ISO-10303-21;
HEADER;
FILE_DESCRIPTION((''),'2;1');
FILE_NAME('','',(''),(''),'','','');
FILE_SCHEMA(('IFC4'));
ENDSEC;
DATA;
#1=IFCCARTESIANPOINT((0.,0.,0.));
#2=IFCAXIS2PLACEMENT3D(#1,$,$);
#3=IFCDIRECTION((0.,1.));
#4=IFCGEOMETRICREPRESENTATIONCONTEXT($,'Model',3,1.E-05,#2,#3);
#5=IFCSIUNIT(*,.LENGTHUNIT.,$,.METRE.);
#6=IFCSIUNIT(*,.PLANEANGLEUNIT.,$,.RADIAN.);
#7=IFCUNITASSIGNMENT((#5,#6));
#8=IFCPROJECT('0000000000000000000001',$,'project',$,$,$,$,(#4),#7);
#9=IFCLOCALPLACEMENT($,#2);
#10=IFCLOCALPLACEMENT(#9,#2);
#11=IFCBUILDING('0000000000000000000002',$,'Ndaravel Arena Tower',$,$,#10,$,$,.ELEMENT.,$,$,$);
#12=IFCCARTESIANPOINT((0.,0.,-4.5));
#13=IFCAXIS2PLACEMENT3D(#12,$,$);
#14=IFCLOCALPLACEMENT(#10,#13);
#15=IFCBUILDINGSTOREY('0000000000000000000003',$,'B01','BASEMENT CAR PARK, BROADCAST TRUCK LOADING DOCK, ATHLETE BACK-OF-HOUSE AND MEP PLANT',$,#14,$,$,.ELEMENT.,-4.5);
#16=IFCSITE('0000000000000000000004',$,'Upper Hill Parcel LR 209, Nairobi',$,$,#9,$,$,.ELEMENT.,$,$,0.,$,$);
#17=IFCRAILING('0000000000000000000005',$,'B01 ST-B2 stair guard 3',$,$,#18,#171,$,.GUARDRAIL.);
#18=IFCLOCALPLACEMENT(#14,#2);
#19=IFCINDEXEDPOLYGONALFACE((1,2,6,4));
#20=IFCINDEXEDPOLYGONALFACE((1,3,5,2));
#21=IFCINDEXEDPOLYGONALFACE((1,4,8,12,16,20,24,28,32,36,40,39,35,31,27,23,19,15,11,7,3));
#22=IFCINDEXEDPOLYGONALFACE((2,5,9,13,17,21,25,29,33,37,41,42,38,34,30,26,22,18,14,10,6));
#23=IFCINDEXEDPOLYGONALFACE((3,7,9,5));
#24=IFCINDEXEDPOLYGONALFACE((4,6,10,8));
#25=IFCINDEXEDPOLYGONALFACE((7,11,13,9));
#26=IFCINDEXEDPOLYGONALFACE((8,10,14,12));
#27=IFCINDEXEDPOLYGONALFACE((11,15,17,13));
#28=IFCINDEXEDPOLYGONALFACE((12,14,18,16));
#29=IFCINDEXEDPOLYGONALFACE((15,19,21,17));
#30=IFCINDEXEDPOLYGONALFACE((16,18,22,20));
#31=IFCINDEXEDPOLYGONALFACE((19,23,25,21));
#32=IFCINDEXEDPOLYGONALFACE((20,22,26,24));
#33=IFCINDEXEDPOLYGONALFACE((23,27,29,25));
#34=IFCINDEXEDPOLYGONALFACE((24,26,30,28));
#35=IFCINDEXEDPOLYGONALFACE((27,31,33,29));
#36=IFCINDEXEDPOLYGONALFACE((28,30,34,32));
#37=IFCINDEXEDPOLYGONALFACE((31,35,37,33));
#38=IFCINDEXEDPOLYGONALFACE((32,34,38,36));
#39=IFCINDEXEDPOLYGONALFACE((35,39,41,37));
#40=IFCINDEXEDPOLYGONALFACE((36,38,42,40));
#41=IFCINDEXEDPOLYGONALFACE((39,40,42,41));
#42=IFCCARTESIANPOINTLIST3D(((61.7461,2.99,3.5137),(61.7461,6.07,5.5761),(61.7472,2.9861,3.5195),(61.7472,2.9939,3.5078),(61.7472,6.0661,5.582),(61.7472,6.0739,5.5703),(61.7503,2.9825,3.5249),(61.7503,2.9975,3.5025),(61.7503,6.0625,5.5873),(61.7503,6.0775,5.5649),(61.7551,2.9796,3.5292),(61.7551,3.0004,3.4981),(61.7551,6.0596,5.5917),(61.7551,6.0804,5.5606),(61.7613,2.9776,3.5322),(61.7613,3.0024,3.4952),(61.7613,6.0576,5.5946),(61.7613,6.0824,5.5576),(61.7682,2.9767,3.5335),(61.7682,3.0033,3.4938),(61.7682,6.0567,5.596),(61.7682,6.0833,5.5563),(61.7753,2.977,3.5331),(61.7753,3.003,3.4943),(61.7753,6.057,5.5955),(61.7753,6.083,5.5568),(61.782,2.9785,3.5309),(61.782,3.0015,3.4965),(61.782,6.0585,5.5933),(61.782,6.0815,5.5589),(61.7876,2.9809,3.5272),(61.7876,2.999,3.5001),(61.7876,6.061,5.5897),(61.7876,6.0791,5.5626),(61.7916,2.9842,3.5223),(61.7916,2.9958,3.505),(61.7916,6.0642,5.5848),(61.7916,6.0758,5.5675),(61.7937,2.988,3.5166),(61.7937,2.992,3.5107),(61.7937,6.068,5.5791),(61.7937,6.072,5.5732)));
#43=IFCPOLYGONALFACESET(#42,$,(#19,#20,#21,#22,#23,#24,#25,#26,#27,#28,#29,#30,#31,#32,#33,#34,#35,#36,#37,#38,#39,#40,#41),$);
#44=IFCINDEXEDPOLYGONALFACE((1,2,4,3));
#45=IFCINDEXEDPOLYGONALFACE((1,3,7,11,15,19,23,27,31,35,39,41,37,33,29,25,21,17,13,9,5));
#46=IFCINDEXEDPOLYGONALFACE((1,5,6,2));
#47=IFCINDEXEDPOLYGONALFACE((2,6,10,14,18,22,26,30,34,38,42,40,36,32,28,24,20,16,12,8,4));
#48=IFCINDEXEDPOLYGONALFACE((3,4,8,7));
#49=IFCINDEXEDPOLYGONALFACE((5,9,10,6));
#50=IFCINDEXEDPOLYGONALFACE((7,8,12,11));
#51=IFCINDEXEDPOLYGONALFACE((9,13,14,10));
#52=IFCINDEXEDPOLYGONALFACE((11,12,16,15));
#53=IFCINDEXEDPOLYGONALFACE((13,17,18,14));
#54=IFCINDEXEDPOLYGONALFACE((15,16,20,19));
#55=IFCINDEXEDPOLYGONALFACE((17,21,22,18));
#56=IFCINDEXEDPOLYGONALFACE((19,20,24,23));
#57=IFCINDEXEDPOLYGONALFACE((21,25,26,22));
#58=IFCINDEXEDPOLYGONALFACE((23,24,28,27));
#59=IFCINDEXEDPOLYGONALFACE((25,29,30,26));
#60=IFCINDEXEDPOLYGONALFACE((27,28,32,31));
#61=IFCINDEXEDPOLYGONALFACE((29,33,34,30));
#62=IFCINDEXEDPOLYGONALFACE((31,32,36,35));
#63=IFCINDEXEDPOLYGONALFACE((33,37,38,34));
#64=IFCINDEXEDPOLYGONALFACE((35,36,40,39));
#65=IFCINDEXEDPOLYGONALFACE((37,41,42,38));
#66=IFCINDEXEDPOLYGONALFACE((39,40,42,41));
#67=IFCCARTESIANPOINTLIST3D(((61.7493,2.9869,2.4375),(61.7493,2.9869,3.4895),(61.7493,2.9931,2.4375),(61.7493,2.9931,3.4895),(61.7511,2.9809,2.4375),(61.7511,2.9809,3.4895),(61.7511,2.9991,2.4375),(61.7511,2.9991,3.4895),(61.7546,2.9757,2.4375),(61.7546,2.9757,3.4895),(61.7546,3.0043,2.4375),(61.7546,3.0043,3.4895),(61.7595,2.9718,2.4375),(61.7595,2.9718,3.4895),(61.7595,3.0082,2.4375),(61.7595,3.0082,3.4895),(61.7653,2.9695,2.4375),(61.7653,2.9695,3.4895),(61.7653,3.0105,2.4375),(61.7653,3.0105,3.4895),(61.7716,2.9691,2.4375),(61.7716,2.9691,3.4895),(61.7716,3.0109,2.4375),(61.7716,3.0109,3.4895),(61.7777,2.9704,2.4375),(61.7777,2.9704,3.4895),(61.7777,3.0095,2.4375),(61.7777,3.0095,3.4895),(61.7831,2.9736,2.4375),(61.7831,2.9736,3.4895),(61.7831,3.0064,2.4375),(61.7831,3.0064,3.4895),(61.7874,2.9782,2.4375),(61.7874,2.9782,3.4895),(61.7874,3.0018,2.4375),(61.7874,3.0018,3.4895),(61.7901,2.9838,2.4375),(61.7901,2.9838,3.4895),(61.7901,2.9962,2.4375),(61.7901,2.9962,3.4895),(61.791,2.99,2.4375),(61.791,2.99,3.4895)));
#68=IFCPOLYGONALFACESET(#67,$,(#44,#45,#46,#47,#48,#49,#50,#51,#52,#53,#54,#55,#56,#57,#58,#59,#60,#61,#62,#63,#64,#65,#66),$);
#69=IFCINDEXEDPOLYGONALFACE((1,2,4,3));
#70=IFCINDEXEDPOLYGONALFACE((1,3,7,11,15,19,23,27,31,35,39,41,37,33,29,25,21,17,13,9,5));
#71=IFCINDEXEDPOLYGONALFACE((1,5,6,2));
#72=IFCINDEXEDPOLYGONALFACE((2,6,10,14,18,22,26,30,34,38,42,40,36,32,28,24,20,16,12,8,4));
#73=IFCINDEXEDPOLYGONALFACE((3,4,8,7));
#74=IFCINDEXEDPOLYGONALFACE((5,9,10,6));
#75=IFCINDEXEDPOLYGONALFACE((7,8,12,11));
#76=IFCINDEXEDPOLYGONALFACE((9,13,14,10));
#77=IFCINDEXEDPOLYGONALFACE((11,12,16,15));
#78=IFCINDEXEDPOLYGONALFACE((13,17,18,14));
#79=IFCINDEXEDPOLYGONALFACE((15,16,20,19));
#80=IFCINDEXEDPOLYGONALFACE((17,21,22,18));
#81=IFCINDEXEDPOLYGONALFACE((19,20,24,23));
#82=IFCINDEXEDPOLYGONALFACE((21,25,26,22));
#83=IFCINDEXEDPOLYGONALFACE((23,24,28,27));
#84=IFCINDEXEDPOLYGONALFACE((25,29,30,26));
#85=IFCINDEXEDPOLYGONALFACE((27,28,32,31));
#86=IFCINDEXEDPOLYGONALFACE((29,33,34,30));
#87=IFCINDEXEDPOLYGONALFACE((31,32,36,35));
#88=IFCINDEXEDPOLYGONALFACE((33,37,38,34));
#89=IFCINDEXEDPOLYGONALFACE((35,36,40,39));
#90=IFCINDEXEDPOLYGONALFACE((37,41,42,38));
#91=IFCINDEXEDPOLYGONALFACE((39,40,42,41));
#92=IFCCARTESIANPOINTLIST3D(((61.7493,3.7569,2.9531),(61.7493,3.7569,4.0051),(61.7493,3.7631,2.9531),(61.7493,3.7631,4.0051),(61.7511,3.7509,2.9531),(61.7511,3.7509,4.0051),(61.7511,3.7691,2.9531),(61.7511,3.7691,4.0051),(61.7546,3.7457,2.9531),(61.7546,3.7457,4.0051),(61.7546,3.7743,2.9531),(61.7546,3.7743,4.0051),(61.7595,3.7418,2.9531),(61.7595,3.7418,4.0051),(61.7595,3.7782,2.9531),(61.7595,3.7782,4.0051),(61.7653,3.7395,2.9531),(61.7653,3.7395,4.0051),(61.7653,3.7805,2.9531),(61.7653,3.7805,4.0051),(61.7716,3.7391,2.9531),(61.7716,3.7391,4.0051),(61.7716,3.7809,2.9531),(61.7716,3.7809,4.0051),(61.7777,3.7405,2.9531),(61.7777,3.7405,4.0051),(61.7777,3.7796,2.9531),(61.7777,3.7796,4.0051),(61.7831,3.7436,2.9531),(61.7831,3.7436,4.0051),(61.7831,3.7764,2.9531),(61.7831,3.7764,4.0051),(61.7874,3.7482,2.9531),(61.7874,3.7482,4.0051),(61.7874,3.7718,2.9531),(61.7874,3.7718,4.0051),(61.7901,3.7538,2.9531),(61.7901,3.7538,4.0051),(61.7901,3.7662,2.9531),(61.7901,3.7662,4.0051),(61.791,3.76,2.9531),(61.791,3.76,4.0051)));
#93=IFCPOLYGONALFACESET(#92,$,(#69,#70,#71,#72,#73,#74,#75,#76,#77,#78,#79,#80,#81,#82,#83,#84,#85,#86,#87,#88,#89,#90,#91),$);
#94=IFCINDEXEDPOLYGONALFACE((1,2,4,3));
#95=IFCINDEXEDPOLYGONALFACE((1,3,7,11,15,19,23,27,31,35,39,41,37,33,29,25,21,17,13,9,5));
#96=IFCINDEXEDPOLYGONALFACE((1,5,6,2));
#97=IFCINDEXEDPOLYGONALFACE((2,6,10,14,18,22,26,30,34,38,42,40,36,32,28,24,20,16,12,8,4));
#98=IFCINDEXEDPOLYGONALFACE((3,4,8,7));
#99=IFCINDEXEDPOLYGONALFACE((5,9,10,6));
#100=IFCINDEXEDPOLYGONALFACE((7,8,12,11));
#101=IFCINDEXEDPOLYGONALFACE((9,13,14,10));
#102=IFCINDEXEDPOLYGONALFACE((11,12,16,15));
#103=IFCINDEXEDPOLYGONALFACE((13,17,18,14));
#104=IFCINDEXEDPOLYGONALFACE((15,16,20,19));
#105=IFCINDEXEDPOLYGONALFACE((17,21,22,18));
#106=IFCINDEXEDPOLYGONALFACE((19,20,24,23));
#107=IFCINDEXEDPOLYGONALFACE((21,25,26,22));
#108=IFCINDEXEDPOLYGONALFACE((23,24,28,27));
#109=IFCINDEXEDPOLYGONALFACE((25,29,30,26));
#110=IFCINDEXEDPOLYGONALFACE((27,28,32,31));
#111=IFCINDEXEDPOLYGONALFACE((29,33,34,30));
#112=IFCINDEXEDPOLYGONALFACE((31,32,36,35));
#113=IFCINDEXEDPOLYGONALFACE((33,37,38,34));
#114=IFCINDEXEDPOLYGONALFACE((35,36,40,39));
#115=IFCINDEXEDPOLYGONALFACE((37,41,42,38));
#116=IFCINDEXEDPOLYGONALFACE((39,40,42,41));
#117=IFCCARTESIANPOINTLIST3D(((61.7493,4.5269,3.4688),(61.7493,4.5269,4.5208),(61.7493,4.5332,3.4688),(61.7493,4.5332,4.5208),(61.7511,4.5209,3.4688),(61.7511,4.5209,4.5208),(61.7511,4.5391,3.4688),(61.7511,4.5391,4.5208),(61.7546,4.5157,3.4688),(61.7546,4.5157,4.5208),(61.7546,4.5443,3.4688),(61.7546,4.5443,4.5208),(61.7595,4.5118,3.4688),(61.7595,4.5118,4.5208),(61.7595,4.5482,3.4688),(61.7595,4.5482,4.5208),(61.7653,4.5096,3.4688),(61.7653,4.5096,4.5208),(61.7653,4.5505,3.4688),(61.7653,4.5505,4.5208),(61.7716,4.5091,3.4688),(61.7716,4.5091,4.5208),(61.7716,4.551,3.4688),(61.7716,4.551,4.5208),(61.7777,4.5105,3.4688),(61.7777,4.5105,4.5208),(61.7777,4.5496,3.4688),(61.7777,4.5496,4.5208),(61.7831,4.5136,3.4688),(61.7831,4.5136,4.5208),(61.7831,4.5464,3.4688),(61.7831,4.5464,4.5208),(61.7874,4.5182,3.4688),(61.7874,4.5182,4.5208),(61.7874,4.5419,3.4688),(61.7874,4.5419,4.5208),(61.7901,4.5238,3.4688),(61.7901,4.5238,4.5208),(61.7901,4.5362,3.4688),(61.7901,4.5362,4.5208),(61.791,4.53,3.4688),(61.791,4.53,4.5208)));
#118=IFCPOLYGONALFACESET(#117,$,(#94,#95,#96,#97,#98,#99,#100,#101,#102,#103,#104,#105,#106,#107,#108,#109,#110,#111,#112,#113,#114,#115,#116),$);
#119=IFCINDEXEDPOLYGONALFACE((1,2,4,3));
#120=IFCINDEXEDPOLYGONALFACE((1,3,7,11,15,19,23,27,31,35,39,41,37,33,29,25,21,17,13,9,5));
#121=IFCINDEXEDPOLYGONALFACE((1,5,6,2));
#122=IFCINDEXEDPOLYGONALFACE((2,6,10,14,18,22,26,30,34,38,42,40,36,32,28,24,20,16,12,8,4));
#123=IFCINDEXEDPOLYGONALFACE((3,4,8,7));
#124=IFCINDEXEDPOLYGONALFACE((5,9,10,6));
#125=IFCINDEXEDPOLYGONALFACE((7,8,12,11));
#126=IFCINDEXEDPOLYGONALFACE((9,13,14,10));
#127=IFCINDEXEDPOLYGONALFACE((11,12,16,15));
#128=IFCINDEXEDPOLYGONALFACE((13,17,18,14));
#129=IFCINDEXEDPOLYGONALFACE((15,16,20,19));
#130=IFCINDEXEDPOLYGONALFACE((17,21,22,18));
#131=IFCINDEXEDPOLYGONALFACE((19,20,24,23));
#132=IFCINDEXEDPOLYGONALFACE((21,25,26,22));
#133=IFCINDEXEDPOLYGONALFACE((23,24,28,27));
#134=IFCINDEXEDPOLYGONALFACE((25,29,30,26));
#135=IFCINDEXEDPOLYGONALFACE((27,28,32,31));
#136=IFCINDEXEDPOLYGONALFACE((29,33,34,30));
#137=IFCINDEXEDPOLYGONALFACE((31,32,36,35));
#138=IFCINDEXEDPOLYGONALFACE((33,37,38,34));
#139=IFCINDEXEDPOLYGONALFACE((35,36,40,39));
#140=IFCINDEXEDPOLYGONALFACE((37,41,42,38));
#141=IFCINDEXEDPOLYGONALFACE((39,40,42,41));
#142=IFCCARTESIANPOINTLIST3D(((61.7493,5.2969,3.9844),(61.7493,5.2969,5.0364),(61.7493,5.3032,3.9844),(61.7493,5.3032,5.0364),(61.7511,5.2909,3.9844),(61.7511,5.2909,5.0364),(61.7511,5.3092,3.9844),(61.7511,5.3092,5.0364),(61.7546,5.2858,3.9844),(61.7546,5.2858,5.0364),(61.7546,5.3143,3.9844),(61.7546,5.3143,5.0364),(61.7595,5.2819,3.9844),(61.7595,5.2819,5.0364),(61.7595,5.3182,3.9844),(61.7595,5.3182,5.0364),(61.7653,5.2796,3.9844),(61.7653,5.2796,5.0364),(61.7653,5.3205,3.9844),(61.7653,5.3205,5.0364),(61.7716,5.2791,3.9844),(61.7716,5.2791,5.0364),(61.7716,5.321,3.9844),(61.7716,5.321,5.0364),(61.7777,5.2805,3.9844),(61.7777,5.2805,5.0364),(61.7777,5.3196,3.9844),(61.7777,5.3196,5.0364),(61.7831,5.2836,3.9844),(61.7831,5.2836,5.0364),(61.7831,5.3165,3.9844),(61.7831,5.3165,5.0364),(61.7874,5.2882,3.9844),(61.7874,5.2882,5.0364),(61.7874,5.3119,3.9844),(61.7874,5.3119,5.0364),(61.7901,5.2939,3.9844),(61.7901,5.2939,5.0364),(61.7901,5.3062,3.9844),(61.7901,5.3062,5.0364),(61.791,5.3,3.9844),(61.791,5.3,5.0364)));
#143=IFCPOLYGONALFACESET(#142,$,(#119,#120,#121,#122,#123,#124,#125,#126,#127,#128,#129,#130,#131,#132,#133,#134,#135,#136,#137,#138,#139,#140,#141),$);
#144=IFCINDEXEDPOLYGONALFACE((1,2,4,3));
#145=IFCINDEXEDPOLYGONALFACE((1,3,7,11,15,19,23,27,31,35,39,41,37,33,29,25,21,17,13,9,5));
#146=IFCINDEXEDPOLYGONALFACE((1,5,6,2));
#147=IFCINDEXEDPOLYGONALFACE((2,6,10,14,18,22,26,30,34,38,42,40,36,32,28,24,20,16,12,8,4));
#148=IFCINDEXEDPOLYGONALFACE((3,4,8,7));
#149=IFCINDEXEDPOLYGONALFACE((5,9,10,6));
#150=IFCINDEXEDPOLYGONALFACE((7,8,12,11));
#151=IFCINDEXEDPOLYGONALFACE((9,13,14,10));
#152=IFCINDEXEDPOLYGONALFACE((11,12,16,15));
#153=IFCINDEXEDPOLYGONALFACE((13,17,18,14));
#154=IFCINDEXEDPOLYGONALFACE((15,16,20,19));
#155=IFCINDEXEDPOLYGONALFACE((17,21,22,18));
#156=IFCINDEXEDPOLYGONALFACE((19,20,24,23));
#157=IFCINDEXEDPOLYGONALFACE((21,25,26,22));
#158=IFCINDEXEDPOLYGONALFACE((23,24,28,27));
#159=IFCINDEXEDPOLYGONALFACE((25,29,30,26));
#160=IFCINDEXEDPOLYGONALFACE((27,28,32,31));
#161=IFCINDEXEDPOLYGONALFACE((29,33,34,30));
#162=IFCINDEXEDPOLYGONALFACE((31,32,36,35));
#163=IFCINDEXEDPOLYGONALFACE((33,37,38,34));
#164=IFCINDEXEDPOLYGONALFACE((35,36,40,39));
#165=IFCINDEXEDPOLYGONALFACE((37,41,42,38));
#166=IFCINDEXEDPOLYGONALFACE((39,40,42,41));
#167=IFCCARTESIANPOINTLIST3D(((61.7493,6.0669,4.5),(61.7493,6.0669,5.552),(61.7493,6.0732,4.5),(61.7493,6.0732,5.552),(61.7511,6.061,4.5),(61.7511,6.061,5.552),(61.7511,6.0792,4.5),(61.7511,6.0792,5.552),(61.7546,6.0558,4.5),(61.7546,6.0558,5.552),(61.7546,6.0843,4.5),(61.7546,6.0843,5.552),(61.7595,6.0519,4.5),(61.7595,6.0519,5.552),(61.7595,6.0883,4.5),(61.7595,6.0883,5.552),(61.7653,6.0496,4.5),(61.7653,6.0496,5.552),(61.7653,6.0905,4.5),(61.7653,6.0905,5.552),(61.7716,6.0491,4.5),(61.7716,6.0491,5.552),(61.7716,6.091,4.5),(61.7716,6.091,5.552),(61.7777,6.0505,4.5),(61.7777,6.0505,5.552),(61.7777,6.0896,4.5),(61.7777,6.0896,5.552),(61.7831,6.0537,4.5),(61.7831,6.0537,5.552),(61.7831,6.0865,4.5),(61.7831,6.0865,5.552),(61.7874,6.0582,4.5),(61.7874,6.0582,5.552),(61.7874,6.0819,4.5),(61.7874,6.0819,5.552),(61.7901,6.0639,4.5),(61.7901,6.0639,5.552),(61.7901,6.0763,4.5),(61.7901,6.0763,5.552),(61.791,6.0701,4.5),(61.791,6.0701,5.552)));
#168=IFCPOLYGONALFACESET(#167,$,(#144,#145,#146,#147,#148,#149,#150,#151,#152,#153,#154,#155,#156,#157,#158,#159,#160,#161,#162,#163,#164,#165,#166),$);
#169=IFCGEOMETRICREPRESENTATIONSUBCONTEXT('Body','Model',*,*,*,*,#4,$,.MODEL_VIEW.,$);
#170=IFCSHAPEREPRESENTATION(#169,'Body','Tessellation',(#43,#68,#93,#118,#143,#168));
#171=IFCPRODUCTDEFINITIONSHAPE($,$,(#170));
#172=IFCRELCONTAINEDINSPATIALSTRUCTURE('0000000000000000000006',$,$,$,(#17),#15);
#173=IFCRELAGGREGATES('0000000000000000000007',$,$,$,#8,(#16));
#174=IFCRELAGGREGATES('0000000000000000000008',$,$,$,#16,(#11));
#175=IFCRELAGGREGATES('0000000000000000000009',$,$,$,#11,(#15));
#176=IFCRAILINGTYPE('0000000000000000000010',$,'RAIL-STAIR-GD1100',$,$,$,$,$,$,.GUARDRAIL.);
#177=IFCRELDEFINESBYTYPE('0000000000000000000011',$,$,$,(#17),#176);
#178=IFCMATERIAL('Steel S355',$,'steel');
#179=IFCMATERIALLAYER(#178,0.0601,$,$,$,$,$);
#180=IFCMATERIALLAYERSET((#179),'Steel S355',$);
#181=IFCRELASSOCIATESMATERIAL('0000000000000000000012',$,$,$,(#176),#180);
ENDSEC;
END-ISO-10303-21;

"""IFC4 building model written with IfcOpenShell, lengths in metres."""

from ifc_helpers import new_model, si_unit, direction, frame, origin, origin_2d, place, context, subcontext, project, spatial, circle, extrude, material, layer, layer_set, type_object, element, save


model = new_model("IFC4")

# Units and contexts
model_context = context("Model", 3, precision=1e-05, world=origin(), true_north=direction((0.0, 1.0)))
body_context = subcontext(model_context, "Body", "Model", "MODEL_VIEW")
ifc_project = project(units=[si_unit("LENGTHUNIT", "METRE"), si_unit("PLANEANGLEUNIT", "RADIAN")], contexts=[model_context])

# Site, building, storey
site_placement = place(None, origin())
site = spatial("IfcSite", under=ifc_project, at=site_placement, Name="Upper Hill Parcel LR 209, Nairobi", CompositionType="ELEMENT", RefElevation=0.0)
building_placement = place(site_placement, origin())
building = spatial("IfcBuilding", under=site, at=building_placement, Name="Ndaravel Arena Tower", CompositionType="ELEMENT")
storey_placement = place(building_placement, frame((0.0, 0.0, -4.5)))
storey = spatial("IfcBuildingStorey", under=building, at=storey_placement, Name="B01", Description="BASEMENT CAR PARK, BROADCAST TRUCK LOADING DOCK, ATHLETE BACK-OF-HOUSE AND MEP PLANT", CompositionType="ELEMENT", Elevation=-4.5)

# Railing
ifc_material_1 = material(Name="Steel S355", Category="steel")
ifc_layer_1 = layer(ifc_material_1, 0.0601)
ifc_layer_set_1 = layer_set([ifc_layer_1], Name="Steel S355")
railing_type_1 = type_object("IfcRailingType", Name="RAIL-STAIR-GD1100", PredefinedType="GUARDRAIL", material=ifc_layer_set_1)
railing_1_placement = place(storey_placement, frame((61.77, 2.99, 2.4375)))
element("IfcRailing", 1, at=railing_1_placement, inside=storey, type_object=railing_type_1, Name="B01 ST-B2 stair guard 3", PredefinedType="GUARDRAIL", context=body_context, shape_type="SweptSolid", body=[
    extrude(circle(Radius=0.0239, at=origin_2d()), frame((0.0, 0.0, 1.0762), z_axis=(0.0, 0.830914, 0.556401), x_axis=(-1.0, 0.0, 0.0)), (0.0, 0.0, 1.0), 3.7068),
    extrude(circle(Radius=0.021, at=origin_2d()), origin(), (0.0, 0.0, 1.0), 1.052),
    extrude(circle(Radius=0.021, at=origin_2d()), frame((0.0, 0.77, 0.5156)), (0.0, 0.0, 1.0), 1.052),
    extrude(circle(Radius=0.021, at=origin_2d()), frame((0.0, 1.54, 1.0312)), (0.0, 0.0, 1.0), 1.052),
    extrude(circle(Radius=0.021, at=origin_2d()), frame((0.0, 2.3101, 1.5469)), (0.0, 0.0, 1.0), 1.052),
    extrude(circle(Radius=0.021, at=origin_2d()), frame((0.0, 3.0801, 2.0625)), (0.0, 0.0, 1.0), 1.052),
])

save(model, "model.ifc")
